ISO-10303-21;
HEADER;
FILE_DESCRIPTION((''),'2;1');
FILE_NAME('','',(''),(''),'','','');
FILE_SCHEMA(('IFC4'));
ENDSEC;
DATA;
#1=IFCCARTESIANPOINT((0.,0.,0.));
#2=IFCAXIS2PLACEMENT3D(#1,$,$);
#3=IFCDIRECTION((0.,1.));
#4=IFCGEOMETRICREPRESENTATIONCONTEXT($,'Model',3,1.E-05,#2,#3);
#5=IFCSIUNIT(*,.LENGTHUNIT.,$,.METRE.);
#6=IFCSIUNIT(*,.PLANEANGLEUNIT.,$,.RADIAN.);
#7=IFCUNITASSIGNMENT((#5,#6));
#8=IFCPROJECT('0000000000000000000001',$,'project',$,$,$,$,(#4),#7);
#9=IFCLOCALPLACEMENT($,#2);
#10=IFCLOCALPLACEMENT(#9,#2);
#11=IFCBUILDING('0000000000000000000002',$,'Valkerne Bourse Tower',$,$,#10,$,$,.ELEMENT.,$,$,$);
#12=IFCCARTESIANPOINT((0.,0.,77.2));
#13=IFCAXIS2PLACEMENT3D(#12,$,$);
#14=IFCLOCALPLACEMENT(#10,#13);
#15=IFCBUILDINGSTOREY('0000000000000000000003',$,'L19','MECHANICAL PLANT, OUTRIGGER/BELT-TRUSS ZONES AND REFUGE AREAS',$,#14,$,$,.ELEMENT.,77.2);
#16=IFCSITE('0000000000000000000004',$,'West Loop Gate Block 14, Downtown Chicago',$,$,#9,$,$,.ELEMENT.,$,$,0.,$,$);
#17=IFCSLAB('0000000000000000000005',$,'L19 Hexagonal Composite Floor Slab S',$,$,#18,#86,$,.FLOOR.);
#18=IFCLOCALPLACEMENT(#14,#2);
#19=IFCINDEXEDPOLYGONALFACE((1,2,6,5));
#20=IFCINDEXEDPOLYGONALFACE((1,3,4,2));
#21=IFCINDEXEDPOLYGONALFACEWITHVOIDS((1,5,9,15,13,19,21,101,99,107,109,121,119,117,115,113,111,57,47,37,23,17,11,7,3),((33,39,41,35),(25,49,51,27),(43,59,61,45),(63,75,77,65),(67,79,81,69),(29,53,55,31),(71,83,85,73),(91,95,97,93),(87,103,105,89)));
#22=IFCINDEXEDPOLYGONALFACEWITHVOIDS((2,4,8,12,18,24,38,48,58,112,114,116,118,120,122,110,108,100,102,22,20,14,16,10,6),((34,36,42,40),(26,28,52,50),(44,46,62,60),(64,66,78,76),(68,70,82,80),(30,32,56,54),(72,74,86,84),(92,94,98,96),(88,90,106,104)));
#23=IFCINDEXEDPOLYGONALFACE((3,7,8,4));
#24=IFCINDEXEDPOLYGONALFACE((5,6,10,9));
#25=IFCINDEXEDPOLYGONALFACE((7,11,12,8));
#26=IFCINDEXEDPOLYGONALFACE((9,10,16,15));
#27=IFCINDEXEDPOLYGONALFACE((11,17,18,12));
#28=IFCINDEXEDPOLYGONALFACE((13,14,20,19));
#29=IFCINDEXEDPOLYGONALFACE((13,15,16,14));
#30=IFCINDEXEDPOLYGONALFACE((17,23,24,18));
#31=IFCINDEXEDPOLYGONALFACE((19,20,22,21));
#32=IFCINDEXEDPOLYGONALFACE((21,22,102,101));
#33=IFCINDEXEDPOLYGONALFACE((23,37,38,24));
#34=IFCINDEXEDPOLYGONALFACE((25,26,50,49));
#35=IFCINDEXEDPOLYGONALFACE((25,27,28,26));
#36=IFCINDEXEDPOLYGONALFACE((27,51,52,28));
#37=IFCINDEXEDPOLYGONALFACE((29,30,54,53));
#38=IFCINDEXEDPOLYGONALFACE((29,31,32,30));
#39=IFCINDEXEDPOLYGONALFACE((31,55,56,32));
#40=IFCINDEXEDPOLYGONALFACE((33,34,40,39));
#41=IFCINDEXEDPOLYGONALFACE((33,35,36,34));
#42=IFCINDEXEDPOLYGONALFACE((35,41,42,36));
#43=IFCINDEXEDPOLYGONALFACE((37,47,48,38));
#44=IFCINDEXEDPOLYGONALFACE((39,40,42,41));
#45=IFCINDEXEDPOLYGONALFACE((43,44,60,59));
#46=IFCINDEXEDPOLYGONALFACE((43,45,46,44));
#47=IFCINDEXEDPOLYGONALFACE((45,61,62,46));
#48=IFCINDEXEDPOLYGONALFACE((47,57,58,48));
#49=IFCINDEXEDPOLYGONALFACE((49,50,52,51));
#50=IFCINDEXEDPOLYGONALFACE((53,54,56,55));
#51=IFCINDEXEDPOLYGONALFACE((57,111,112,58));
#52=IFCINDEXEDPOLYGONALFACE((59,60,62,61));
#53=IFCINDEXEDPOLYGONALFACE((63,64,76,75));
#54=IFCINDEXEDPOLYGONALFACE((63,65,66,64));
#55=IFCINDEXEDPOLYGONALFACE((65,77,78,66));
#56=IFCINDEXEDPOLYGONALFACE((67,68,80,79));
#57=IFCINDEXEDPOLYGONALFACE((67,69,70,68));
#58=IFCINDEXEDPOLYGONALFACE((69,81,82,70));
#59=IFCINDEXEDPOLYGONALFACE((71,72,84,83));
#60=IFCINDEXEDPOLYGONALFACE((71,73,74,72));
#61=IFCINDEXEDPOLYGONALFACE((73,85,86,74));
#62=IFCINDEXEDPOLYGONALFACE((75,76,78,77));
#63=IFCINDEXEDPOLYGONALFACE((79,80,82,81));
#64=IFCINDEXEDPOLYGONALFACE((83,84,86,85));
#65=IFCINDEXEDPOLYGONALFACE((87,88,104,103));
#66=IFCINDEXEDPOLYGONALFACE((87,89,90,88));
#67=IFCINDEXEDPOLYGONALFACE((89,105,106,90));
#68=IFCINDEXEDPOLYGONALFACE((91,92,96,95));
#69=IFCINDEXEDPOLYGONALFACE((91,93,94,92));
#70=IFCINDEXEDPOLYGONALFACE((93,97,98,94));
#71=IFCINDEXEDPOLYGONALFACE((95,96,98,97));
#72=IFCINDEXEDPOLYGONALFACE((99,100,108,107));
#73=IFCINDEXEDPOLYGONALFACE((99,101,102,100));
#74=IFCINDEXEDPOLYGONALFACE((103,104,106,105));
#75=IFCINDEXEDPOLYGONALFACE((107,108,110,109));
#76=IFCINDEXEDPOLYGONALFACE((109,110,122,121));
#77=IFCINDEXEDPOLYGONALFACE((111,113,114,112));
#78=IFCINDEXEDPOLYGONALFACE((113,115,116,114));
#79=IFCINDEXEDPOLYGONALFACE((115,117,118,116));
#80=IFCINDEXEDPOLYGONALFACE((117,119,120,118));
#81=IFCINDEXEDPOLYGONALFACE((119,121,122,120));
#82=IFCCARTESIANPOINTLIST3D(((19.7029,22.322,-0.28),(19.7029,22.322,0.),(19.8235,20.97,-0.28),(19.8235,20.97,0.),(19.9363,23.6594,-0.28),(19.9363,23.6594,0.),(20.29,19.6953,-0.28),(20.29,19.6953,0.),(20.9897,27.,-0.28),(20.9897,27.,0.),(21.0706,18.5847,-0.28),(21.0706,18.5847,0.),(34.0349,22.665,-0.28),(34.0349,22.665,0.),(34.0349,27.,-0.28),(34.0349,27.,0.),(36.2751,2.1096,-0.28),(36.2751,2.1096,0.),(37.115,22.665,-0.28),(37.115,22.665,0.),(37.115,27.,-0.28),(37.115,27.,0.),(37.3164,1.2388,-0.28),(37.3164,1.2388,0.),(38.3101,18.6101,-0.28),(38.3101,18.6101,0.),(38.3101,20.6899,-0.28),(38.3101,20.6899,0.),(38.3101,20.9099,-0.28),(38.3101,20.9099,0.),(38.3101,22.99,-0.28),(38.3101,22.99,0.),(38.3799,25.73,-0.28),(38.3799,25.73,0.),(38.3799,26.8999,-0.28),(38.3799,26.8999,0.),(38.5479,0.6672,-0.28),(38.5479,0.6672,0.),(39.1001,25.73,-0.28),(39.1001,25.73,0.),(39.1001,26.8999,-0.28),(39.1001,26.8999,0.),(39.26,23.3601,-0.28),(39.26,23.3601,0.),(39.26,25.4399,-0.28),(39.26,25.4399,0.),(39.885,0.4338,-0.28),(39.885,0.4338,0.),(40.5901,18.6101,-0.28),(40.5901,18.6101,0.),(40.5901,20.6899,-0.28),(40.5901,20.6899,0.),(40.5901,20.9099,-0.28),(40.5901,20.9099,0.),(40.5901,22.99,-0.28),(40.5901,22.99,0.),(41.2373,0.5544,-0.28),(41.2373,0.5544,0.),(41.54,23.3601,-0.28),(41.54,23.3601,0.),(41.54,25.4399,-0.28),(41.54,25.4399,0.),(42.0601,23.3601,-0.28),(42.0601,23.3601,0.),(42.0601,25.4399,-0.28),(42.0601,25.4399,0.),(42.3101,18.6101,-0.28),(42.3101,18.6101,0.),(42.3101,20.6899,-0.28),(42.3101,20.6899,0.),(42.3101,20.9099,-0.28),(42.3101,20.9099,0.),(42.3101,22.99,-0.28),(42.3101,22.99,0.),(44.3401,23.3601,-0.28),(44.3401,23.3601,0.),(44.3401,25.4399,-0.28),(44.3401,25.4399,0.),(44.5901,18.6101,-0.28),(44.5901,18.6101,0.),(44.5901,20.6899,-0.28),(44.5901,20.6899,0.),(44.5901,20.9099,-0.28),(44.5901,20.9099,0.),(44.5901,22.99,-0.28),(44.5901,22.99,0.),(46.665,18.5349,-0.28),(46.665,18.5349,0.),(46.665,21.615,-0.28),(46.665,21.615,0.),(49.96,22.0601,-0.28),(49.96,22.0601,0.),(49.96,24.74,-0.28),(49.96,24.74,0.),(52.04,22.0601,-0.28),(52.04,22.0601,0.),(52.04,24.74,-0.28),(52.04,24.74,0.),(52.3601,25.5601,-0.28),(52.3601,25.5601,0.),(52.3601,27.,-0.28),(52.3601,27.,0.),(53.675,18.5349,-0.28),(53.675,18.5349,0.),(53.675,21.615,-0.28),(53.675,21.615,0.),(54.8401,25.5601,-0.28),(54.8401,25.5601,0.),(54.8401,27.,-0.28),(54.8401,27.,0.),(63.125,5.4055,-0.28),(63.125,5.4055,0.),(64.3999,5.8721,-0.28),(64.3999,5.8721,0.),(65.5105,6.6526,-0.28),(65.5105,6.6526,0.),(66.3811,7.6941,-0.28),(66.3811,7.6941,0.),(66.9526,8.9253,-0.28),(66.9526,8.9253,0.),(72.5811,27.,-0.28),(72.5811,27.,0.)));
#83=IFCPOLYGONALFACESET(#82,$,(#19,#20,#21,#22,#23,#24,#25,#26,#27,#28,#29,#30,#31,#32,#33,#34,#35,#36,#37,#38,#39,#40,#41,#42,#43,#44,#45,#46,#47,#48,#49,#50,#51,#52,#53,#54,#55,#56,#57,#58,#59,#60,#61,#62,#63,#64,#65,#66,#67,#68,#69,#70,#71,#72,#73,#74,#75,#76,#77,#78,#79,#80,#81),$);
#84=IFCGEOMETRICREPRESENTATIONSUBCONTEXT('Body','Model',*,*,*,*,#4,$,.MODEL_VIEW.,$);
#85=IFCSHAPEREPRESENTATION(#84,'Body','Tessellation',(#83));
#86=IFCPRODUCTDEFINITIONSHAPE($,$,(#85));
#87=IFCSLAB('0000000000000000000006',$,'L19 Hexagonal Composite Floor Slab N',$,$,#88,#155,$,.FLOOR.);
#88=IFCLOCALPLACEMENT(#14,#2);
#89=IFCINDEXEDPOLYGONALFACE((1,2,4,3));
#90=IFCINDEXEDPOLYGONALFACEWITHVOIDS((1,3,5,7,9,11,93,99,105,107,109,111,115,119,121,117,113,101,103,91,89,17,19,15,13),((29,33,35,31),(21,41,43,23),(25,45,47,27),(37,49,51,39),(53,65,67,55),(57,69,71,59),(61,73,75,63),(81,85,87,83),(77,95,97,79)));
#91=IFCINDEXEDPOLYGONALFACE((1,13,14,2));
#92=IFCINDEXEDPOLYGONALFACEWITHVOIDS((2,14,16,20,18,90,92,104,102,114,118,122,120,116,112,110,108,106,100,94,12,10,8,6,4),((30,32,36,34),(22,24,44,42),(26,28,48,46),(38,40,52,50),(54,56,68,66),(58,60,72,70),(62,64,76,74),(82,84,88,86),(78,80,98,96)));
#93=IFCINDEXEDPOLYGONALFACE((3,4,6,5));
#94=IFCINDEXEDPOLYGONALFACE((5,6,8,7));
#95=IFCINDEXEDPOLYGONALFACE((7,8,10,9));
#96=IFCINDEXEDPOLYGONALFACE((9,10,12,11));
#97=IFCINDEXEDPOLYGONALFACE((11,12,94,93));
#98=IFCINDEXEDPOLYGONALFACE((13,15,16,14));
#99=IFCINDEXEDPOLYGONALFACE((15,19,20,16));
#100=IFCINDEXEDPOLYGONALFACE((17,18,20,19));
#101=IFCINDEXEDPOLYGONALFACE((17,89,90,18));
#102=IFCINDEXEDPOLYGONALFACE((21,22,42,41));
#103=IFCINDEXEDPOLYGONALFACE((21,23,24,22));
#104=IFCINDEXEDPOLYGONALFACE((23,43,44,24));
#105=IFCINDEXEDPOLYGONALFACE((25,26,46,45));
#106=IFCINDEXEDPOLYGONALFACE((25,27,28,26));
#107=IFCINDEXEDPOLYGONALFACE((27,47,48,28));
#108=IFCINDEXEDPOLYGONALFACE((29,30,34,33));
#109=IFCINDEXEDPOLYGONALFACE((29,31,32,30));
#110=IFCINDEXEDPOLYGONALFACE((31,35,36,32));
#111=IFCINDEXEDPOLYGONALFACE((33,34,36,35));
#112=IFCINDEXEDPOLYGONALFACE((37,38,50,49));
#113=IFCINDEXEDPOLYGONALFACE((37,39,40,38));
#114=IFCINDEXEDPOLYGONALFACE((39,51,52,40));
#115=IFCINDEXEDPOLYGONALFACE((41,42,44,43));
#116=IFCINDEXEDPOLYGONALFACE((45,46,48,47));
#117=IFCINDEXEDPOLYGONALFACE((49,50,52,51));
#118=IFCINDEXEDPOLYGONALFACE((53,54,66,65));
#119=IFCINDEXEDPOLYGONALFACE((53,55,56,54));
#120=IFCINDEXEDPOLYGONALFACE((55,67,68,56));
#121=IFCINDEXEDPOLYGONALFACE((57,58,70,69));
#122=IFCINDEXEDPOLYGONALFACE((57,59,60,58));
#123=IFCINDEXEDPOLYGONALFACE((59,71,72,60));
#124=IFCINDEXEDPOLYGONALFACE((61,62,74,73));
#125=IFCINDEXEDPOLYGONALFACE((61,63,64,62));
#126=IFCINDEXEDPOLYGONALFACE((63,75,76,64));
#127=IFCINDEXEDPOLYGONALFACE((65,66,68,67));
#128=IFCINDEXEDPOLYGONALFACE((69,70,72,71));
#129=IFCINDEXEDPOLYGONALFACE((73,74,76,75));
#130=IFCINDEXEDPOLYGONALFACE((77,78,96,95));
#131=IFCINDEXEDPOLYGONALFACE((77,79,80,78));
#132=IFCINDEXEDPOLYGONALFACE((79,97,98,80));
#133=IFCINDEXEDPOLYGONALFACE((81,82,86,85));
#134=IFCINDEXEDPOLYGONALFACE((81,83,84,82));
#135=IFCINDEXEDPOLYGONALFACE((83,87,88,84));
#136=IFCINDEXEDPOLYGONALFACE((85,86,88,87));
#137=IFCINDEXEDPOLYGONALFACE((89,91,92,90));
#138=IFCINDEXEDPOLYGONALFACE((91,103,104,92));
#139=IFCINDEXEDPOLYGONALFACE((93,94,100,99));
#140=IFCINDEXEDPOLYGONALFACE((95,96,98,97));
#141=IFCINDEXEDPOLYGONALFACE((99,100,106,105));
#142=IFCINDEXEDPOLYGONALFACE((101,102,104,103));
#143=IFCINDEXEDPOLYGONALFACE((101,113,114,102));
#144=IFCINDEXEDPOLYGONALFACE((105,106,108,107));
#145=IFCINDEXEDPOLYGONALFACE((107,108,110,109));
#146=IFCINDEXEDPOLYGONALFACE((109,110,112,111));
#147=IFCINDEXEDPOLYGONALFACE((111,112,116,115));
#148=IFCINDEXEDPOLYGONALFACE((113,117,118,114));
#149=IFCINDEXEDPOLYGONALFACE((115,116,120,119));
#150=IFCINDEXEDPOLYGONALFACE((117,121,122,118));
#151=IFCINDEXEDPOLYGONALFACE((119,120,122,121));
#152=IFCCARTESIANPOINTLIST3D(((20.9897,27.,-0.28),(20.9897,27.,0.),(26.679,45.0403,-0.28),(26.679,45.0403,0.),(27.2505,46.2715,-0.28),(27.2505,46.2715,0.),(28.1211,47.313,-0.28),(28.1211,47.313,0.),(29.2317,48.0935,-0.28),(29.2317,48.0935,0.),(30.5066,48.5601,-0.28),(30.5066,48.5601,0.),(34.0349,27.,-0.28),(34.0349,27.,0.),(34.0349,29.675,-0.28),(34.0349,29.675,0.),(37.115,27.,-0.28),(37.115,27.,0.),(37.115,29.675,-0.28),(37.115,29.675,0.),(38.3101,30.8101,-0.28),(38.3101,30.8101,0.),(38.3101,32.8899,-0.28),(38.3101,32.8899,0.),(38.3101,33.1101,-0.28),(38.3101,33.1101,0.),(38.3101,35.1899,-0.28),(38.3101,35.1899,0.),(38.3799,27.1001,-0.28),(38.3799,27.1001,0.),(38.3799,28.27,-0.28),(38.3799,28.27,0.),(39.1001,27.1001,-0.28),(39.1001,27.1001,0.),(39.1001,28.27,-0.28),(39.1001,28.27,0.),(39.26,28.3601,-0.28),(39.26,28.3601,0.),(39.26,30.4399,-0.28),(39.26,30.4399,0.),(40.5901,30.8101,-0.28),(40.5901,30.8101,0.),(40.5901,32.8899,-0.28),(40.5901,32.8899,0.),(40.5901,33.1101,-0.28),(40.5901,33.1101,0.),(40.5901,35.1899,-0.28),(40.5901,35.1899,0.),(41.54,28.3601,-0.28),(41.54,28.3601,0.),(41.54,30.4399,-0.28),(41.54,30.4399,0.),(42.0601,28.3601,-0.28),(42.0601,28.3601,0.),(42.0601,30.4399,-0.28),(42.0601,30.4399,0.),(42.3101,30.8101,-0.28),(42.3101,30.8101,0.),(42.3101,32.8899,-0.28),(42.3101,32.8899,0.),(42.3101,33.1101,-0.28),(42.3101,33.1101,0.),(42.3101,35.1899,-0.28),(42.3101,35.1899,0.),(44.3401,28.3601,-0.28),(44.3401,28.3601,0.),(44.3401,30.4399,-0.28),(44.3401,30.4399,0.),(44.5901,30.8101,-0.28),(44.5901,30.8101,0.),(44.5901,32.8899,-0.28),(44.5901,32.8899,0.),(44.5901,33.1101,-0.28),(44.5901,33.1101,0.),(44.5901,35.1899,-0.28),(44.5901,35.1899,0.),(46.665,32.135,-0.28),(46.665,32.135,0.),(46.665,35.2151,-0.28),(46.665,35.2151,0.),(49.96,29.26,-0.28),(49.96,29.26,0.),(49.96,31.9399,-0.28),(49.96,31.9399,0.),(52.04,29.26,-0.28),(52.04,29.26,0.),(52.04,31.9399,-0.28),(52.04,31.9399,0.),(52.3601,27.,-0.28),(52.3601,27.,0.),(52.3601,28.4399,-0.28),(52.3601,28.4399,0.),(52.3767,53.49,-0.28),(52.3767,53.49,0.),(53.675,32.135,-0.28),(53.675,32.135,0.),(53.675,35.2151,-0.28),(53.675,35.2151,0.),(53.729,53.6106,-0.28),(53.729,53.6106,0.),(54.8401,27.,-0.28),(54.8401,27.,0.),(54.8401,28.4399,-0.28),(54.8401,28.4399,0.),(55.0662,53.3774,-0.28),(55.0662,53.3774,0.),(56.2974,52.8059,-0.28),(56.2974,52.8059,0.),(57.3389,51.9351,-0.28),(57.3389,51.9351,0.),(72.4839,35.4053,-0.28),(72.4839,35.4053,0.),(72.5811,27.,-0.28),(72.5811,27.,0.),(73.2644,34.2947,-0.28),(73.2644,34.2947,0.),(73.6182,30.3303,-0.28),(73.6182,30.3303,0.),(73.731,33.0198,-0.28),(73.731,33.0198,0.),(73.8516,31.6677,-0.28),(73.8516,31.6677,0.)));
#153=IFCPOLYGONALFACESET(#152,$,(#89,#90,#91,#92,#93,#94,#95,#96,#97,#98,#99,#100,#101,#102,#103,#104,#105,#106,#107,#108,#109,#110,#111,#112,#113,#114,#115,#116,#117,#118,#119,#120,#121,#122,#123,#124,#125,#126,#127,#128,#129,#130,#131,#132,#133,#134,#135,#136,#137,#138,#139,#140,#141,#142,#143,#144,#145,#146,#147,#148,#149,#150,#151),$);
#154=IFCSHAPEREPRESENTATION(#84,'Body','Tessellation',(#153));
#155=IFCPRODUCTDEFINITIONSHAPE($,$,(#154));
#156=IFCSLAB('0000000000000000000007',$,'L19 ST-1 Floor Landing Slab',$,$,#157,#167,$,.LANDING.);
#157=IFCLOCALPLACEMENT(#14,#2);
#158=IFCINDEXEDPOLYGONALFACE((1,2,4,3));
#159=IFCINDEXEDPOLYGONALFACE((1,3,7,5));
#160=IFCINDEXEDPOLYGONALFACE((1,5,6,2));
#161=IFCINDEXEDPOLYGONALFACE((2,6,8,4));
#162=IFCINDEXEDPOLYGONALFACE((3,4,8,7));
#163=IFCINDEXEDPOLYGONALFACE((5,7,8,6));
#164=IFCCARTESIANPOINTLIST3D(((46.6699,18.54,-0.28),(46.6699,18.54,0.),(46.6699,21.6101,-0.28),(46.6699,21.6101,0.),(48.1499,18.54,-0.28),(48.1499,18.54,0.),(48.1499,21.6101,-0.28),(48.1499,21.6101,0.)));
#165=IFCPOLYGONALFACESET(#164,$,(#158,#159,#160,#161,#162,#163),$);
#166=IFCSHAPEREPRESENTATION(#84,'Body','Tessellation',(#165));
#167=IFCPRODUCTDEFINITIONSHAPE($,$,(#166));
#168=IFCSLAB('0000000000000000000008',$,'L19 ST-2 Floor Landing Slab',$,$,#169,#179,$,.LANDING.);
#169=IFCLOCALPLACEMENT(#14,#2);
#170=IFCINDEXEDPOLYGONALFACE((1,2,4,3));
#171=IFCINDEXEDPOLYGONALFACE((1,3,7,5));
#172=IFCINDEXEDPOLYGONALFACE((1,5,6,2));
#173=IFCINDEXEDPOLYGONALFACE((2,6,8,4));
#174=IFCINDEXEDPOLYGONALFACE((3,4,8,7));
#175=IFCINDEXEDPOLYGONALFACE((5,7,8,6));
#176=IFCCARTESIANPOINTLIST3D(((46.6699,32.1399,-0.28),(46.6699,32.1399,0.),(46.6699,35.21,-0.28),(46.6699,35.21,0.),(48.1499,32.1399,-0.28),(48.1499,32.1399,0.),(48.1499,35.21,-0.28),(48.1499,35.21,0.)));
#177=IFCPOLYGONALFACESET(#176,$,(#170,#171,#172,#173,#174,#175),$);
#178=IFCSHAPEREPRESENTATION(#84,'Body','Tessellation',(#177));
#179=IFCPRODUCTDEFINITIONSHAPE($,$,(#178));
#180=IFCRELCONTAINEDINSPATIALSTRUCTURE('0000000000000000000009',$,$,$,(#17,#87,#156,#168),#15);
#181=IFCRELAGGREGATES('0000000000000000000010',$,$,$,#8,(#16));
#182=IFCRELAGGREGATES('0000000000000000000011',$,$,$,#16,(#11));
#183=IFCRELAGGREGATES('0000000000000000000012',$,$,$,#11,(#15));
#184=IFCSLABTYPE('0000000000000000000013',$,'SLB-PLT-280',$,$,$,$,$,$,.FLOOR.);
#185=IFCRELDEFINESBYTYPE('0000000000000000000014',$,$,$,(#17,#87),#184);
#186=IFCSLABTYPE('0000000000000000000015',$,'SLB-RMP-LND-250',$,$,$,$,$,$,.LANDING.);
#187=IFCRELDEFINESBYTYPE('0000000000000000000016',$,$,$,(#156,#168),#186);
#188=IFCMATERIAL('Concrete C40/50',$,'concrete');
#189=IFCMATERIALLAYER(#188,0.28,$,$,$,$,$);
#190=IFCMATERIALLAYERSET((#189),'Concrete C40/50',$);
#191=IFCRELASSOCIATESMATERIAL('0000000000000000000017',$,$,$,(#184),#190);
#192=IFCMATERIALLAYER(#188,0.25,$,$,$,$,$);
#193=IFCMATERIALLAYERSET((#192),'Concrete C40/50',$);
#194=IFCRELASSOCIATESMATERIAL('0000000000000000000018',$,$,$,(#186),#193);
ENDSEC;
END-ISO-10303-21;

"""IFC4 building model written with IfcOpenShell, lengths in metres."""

from ifc_helpers import new_model, si_unit, direction, frame, origin, place, context, subcontext, project, spatial, polyline, outline, extrude, material, layer, layer_set, type_object, element, save


model = new_model("IFC4")

# Units and contexts
model_context = context("Model", 3, precision=1e-05, world=origin(), true_north=direction((0.0, 1.0)))
body_context = subcontext(model_context, "Body", "Model", "MODEL_VIEW")
ifc_project = project(units=[si_unit("LENGTHUNIT", "METRE"), si_unit("PLANEANGLEUNIT", "RADIAN")], contexts=[model_context])

# Site, building, storey
site_placement = place(None, origin())
site = spatial("IfcSite", under=ifc_project, at=site_placement, Name="West Loop Gate Block 14, Downtown Chicago", CompositionType="ELEMENT", RefElevation=0.0)
building_placement = place(site_placement, origin())
building = spatial("IfcBuilding", under=site, at=building_placement, Name="Valkerne Bourse Tower", CompositionType="ELEMENT")
storey_placement = place(building_placement, frame((0.0, 0.0, 77.2)))
storey = spatial("IfcBuildingStorey", under=building, at=storey_placement, Name="L19", Description="MECHANICAL PLANT, OUTRIGGER/BELT-TRUSS ZONES AND REFUGE AREAS", CompositionType="ELEMENT", Elevation=77.2)

# Slabs
ifc_material_1 = material(Name="Concrete C40/50", Category="concrete")
ifc_layer_1 = layer(ifc_material_1, 0.28)
ifc_layer_set_1 = layer_set([ifc_layer_1], Name="Concrete C40/50")
slab_type_1 = type_object("IfcSlabType", Name="SLB-PLT-280", PredefinedType="FLOOR", material=ifc_layer_set_1)
slab_1_placement = place(storey_placement, frame((0.0, 0.0, -0.28)))
element("IfcSlab", 1, at=slab_1_placement, inside=storey, type_object=slab_type_1, Name="L19 Hexagonal Composite Floor Slab S", PredefinedType="FLOOR", context=body_context, shape_type="SweptSolid", body=[
    extrude(outline(polyline([(66.3811, 7.6941), (65.5105, 6.6526), (64.3999, 5.8721), (63.125, 5.4055), (41.2373, 0.5544), (39.885, 0.4338), (38.5479, 0.6672), (37.3164, 1.2388), (36.2751, 2.1096), (21.0706, 18.5847), (20.29, 19.6953), (19.8235, 20.97), (19.7029, 22.322), (19.9363, 23.6594), (20.9897, 27.0), (34.0349, 27.0), (34.0349, 22.665), (37.115, 22.665), (37.115, 27.0), (52.3601, 27.0), (52.3601, 25.5601), (54.8401, 25.5601), (54.8401, 27.0), (72.5811, 27.0), (66.9526, 8.9253), (66.3811, 7.6941)]), holes=[polyline([(40.5901, 20.6899), (38.3101, 20.6899), (38.3101, 18.6101), (40.5901, 18.6101), (40.5901, 20.6899)]), polyline([(40.5901, 22.99), (38.3101, 22.99), (38.3101, 20.9099), (40.5901, 20.9099), (40.5901, 22.99)]), polyline([(41.54, 25.4399), (39.26, 25.4399), (39.26, 23.3601), (41.54, 23.3601), (41.54, 25.4399)]), polyline([(39.1001, 25.73), (39.1001, 26.8999), (38.3799, 26.8999), (38.3799, 25.73), (39.1001, 25.73)]), polyline([(44.5901, 20.6899), (42.3101, 20.6899), (42.3101, 18.6101), (44.5901, 18.6101), (44.5901, 20.6899)]), polyline([(53.675, 21.615), (46.665, 21.615), (46.665, 18.5349), (53.675, 18.5349), (53.675, 21.615)]), polyline([(44.5901, 22.99), (42.3101, 22.99), (42.3101, 20.9099), (44.5901, 20.9099), (44.5901, 22.99)]), polyline([(52.04, 22.0601), (52.04, 24.74), (49.96, 24.74), (49.96, 22.0601), (52.04, 22.0601)]), polyline([(44.3401, 23.3601), (44.3401, 25.4399), (42.0601, 25.4399), (42.0601, 23.3601), (44.3401, 23.3601)])]), origin(), (0.0, 0.0, 1.0), 0.28),
])
slab_2_placement = place(storey_placement, frame((0.0, 0.0, -0.28)))
element("IfcSlab", 2, at=slab_2_placement, inside=storey, type_object=slab_type_1, Name="L19 Hexagonal Composite Floor Slab N", PredefinedType="FLOOR", context=body_context, shape_type="SweptSolid", body=[
    extrude(outline(polyline([(26.679, 45.0403), (27.2505, 46.2715), (28.1211, 47.313), (29.2317, 48.0935), (30.5066, 48.5601), (52.3767, 53.49), (53.729, 53.6106), (55.0662, 53.3774), (56.2974, 52.8059), (57.3389, 51.9351), (72.4839, 35.4053), (73.2644, 34.2947), (73.731, 33.0198), (73.8516, 31.6677), (73.6182, 30.3303), (72.5811, 27.0), (54.8401, 27.0), (54.8401, 28.4399), (52.3601, 28.4399), (52.3601, 27.0), (37.115, 27.0), (37.115, 29.675), (34.0349, 29.675), (34.0349, 27.0), (20.9897, 27.0), (26.679, 45.0403)]), holes=[polyline([(39.1001, 28.27), (38.3799, 28.27), (38.3799, 27.1001), (39.1001, 27.1001), (39.1001, 28.27)]), polyline([(41.54, 30.4399), (39.26, 30.4399), (39.26, 28.3601), (41.54, 28.3601), (41.54, 30.4399)]), polyline([(44.3401, 30.4399), (42.0601, 30.4399), (42.0601, 28.3601), (44.3401, 28.3601), (44.3401, 30.4399)]), polyline([(40.5901, 30.8101), (40.5901, 32.8899), (38.3101, 32.8899), (38.3101, 30.8101), (40.5901, 30.8101)]), polyline([(40.5901, 33.1101), (40.5901, 35.1899), (38.3101, 35.1899), (38.3101, 33.1101), (40.5901, 33.1101)]), polyline([(52.04, 31.9399), (49.96, 31.9399), (49.96, 29.26), (52.04, 29.26), (52.04, 31.9399)]), polyline([(44.5901, 32.8899), (42.3101, 32.8899), (42.3101, 30.8101), (44.5901, 30.8101), (44.5901, 32.8899)]), polyline([(53.675, 32.135), (53.675, 35.2151), (46.665, 35.2151), (46.665, 32.135), (53.675, 32.135)]), polyline([(44.5901, 33.1101), (44.5901, 35.1899), (42.3101, 35.1899), (42.3101, 33.1101), (44.5901, 33.1101)])]), origin(), (0.0, 0.0, 1.0), 0.28),
])
ifc_layer_2 = layer(ifc_material_1, 0.25)
ifc_layer_set_2 = layer_set([ifc_layer_2], Name="Concrete C40/50")
slab_type_2 = type_object("IfcSlabType", Name="SLB-RMP-LND-250", PredefinedType="LANDING", material=ifc_layer_set_2)
slab_3_placement = place(storey_placement, frame((0.0, 0.0, -0.28)))
element("IfcSlab", 3, at=slab_3_placement, inside=storey, type_object=slab_type_2, Name="L19 ST-1 Floor Landing Slab", PredefinedType="LANDING", context=body_context, shape_type="SweptSolid", body=[
    extrude(outline(polyline([(46.6699, 18.54), (48.1499, 18.54), (48.1499, 21.6101), (46.6699, 21.6101), (46.6699, 18.54)])), origin(), (0.0, 0.0, 1.0), 0.28),
])
slab_4_placement = place(storey_placement, frame((0.0, 0.0, -0.28)))
element("IfcSlab", 4, at=slab_4_placement, inside=storey, type_object=slab_type_2, Name="L19 ST-2 Floor Landing Slab", PredefinedType="LANDING", context=body_context, shape_type="SweptSolid", body=[
    extrude(outline(polyline([(46.6699, 32.1399), (48.1499, 32.1399), (48.1499, 35.21), (46.6699, 35.21), (46.6699, 32.1399)])), origin(), (0.0, 0.0, 1.0), 0.28),
])

save(model, "model.ifc")
